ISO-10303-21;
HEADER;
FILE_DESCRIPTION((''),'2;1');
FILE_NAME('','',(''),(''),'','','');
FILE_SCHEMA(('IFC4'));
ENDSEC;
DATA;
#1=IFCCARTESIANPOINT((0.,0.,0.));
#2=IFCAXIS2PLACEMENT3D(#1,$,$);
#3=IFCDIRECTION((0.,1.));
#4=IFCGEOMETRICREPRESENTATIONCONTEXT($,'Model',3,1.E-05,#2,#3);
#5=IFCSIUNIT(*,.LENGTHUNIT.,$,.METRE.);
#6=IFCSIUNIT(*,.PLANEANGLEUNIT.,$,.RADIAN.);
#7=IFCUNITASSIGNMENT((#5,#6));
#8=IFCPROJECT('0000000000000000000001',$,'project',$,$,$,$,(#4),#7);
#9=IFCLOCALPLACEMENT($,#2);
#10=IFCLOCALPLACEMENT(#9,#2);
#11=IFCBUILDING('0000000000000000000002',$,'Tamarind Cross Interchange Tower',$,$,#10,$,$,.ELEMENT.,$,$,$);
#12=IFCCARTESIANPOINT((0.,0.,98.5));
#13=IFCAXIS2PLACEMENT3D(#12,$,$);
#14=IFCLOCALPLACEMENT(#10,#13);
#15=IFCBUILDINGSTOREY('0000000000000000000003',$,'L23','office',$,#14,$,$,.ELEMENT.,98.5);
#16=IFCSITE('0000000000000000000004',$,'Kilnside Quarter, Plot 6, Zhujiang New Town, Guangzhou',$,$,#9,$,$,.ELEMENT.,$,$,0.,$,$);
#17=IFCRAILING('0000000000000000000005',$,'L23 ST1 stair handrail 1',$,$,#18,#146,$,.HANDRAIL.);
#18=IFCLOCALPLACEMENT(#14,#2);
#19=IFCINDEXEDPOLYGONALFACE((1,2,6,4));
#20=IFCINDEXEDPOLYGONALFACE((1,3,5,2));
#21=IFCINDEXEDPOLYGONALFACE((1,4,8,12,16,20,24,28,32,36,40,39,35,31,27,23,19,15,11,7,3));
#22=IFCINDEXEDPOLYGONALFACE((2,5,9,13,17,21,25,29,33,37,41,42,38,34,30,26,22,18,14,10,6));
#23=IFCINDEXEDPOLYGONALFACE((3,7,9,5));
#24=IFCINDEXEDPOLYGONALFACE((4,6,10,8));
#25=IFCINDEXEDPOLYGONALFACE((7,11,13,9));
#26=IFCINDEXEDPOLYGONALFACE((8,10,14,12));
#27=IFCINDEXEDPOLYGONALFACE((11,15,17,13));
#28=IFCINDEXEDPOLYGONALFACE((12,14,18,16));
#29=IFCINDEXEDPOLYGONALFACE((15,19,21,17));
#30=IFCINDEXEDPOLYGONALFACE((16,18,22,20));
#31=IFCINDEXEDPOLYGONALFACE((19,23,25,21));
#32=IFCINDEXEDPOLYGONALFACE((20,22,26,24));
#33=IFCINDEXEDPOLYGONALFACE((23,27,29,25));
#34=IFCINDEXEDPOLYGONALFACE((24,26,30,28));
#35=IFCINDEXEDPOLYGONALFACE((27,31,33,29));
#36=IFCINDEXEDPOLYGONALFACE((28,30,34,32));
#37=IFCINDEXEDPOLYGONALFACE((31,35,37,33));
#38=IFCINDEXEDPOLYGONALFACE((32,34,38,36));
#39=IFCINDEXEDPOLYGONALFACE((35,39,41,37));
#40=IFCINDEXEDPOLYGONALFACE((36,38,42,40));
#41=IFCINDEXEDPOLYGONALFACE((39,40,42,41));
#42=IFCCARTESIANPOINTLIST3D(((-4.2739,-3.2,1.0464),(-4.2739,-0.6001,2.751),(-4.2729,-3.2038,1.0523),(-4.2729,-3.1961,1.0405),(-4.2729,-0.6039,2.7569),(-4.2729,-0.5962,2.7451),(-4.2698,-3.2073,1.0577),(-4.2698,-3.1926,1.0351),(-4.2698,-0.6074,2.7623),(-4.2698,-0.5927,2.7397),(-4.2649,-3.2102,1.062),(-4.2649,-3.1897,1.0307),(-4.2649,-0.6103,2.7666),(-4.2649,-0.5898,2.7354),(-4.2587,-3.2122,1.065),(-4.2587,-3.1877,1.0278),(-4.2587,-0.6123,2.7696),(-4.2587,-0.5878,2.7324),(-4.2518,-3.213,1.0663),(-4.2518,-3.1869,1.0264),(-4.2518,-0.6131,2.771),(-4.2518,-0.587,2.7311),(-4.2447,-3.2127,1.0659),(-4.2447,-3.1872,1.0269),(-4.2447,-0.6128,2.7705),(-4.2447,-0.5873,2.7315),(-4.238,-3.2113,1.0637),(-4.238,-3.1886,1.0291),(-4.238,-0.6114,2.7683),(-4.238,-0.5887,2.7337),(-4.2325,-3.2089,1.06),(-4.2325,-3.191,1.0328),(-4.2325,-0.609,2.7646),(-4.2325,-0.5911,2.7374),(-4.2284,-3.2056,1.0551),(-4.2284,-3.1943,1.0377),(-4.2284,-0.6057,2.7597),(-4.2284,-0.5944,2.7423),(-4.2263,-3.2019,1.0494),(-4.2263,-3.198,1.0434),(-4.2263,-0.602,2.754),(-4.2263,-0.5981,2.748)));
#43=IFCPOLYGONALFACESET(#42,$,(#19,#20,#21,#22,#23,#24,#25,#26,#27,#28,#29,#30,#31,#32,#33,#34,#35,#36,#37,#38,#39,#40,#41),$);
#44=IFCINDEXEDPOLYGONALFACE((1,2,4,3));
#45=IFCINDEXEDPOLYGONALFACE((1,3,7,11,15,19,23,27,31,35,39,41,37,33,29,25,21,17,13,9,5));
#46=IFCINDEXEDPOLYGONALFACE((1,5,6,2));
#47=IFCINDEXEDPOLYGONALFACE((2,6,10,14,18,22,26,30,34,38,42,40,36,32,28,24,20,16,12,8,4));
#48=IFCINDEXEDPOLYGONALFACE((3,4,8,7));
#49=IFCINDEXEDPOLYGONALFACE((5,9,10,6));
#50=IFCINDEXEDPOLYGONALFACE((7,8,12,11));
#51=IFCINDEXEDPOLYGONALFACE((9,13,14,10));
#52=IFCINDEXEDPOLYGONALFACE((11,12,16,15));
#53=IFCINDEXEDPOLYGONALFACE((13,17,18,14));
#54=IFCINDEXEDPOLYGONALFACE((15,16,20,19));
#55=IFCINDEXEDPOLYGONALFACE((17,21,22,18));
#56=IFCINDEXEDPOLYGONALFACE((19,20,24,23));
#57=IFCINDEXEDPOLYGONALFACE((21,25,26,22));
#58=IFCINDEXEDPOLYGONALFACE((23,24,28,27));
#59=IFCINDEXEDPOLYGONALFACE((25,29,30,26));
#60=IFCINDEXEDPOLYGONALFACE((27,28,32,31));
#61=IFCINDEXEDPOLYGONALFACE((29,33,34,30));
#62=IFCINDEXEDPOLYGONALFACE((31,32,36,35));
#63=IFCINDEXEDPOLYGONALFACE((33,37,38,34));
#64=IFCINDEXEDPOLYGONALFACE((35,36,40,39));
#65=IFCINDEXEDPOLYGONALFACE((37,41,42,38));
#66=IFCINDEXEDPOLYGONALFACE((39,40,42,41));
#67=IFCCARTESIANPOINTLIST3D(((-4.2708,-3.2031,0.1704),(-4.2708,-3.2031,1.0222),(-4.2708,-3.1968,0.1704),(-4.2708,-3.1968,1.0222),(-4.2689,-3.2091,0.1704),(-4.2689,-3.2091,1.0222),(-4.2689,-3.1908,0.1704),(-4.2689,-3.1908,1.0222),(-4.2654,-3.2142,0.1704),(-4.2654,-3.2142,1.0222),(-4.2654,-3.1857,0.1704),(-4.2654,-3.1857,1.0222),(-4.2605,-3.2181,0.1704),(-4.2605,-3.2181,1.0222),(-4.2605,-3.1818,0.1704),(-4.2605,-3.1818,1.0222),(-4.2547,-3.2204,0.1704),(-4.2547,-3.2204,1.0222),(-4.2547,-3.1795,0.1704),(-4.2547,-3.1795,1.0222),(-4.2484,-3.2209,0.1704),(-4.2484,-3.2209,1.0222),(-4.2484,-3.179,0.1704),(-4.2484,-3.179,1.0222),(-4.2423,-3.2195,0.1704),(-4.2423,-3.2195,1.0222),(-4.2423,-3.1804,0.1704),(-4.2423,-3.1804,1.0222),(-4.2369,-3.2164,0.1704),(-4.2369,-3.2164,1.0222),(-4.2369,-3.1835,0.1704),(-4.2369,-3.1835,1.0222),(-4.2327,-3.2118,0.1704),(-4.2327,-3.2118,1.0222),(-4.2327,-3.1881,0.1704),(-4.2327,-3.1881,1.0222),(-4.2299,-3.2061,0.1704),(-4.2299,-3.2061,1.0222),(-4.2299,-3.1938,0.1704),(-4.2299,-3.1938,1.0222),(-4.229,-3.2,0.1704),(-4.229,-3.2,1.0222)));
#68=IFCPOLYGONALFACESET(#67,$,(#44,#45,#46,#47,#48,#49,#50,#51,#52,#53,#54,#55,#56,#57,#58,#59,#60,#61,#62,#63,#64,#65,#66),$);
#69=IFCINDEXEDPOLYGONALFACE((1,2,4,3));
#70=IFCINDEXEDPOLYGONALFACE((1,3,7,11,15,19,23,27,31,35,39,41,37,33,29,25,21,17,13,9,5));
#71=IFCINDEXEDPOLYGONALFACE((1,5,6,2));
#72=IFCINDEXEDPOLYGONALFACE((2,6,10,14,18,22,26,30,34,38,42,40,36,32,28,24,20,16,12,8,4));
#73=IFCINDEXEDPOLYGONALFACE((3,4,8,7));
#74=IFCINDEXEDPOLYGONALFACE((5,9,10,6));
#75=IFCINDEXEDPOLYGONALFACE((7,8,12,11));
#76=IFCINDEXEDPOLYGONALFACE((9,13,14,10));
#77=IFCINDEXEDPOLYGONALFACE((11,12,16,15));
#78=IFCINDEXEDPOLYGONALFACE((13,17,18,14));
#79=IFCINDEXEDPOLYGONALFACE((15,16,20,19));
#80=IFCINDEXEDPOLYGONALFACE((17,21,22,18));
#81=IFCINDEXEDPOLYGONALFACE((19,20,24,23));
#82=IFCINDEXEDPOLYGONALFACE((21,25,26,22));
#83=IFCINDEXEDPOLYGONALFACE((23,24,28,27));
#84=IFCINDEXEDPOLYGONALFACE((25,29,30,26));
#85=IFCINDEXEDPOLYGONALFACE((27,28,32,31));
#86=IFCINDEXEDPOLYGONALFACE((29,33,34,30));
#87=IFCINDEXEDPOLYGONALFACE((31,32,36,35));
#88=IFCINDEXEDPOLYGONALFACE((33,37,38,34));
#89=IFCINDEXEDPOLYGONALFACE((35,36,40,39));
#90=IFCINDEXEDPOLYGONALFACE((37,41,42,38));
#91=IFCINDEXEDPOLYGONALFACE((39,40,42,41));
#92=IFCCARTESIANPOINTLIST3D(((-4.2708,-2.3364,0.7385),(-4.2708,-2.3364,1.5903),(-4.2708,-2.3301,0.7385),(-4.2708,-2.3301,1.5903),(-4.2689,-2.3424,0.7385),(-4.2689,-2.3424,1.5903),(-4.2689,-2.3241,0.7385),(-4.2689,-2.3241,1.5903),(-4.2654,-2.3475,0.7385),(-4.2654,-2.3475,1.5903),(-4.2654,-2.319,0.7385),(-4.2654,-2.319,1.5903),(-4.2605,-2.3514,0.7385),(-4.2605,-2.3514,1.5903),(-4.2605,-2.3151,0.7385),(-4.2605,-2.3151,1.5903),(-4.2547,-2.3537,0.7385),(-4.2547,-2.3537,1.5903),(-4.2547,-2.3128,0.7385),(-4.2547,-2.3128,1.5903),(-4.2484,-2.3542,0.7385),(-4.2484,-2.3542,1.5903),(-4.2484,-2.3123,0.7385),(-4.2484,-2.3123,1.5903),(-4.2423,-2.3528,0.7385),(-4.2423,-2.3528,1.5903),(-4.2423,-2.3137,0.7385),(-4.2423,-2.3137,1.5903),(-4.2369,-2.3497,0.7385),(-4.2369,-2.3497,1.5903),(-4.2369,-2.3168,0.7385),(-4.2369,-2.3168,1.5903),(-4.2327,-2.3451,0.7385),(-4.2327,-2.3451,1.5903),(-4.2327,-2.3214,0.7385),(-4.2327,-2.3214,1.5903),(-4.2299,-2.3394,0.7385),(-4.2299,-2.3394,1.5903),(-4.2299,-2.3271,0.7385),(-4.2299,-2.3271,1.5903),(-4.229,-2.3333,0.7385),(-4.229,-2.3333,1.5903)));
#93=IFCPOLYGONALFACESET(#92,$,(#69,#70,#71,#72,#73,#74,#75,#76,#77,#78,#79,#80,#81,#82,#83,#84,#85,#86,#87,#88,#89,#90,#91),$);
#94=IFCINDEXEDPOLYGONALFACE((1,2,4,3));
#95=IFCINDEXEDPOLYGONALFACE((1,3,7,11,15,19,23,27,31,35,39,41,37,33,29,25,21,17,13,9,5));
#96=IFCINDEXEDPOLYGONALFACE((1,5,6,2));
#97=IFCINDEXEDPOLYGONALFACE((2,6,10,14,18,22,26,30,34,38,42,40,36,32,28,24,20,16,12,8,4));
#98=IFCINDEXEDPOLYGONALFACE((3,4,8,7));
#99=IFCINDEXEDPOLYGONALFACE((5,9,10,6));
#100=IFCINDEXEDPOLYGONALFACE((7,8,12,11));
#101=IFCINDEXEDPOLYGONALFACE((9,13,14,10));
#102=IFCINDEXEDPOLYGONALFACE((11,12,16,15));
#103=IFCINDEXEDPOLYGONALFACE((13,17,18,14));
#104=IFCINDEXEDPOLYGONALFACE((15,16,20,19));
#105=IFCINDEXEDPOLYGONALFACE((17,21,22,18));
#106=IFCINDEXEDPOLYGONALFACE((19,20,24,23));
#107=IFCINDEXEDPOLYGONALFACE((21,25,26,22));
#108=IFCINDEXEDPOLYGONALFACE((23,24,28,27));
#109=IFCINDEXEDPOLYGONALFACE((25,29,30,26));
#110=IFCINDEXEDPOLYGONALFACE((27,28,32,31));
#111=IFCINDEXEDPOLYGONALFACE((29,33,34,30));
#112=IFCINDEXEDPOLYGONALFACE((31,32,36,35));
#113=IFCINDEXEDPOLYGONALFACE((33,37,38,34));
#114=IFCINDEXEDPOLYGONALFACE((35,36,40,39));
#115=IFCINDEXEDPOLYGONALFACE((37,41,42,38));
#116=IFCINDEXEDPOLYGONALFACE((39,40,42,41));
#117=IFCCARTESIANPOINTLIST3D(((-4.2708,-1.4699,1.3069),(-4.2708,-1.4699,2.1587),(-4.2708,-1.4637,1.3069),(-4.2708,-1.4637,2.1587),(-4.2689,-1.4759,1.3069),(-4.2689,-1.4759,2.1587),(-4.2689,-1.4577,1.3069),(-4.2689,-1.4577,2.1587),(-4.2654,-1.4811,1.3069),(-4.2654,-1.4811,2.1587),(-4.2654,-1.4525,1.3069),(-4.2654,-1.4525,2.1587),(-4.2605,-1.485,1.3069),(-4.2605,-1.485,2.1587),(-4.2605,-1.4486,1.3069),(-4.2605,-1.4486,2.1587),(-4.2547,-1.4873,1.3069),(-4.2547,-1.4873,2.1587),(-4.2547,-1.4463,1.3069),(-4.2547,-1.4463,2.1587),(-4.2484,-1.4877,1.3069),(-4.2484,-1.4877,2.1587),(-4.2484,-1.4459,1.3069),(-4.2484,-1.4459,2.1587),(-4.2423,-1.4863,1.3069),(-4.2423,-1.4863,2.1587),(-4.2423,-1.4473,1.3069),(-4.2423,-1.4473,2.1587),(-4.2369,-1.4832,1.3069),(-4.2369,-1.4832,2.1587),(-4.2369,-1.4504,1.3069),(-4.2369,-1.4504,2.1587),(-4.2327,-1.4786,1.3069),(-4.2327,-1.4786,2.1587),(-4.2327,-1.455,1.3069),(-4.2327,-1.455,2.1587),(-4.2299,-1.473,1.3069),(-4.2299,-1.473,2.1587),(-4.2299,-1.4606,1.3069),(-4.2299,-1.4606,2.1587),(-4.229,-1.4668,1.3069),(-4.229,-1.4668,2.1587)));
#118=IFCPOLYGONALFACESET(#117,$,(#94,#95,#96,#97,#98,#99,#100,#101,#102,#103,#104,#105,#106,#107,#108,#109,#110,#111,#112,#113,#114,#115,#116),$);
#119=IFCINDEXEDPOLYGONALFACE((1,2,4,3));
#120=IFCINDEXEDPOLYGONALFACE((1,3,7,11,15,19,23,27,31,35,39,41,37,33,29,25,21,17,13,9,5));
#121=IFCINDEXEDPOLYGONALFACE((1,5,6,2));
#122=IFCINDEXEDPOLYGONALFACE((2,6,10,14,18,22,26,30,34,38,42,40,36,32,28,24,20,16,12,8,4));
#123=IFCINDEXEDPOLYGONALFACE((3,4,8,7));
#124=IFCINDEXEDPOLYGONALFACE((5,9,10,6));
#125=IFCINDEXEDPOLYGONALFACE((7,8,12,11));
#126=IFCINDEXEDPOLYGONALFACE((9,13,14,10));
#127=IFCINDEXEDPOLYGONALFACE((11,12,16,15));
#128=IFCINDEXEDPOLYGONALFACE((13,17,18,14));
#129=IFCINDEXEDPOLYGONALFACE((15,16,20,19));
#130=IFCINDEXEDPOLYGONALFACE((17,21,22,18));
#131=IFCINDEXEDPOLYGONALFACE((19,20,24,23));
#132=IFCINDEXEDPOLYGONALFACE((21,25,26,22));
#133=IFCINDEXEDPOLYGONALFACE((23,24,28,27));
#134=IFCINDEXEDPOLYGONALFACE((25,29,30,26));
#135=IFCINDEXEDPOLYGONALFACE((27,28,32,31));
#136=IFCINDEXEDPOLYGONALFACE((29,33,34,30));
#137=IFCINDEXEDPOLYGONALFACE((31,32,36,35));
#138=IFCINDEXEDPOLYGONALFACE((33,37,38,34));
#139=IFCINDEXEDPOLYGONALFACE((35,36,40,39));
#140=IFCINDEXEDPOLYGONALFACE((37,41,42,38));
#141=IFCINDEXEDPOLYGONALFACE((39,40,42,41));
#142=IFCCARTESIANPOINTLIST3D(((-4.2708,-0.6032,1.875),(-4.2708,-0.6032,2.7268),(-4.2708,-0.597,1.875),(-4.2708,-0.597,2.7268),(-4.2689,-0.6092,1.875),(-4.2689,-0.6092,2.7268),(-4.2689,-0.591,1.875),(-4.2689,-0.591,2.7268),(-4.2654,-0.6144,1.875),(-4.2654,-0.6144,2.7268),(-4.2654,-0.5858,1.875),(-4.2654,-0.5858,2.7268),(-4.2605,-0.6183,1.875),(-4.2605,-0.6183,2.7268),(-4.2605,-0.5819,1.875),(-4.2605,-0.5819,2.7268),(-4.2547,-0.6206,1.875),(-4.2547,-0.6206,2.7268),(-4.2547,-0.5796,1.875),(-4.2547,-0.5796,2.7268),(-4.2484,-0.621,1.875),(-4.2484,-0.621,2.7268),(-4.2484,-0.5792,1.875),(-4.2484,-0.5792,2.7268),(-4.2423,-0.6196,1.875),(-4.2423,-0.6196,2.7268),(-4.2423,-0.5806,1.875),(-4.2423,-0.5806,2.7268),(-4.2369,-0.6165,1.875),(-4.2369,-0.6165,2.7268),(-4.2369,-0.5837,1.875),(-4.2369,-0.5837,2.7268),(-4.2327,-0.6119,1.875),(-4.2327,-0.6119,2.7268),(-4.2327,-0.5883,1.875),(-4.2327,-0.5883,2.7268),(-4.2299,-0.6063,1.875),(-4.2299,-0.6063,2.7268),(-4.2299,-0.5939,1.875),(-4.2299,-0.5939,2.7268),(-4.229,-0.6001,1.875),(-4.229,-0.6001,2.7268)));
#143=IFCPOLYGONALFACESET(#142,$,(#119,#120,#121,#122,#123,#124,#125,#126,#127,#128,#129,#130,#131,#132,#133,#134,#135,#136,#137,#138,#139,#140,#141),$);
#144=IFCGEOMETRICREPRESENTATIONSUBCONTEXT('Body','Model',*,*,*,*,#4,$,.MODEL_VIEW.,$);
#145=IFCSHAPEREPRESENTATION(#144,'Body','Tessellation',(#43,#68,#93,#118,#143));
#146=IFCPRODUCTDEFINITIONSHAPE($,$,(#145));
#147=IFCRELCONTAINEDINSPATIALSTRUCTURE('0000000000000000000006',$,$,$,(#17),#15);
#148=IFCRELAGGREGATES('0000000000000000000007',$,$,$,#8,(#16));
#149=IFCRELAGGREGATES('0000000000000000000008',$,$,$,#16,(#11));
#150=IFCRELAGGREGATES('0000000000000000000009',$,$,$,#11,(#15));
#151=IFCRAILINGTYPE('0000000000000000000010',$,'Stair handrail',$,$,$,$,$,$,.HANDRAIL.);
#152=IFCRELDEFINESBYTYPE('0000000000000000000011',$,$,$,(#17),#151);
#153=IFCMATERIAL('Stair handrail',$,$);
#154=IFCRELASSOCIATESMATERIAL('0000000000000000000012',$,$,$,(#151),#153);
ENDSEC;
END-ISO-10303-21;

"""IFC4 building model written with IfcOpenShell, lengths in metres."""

from ifc_helpers import new_model, si_unit, direction, frame, origin, origin_2d, place, context, subcontext, project, spatial, circle, extrude, material, type_object, element, save


model = new_model("IFC4")

# Units and contexts
model_context = context("Model", 3, precision=1e-05, world=origin(), true_north=direction((0.0, 1.0)))
body_context = subcontext(model_context, "Body", "Model", "MODEL_VIEW")
ifc_project = project(units=[si_unit("LENGTHUNIT", "METRE"), si_unit("PLANEANGLEUNIT", "RADIAN")], contexts=[model_context])

# Site, building, storey
site_placement = place(None, origin())
site = spatial("IfcSite", under=ifc_project, at=site_placement, Name="Kilnside Quarter, Plot 6, Zhujiang New Town, Guangzhou", CompositionType="ELEMENT", RefElevation=0.0)
building_placement = place(site_placement, origin())
building = spatial("IfcBuilding", under=site, at=building_placement, Name="Tamarind Cross Interchange Tower", CompositionType="ELEMENT")
storey_placement = place(building_placement, frame((0.0, 0.0, 98.5)))
storey = spatial("IfcBuildingStorey", under=building, at=storey_placement, Name="L23", Description="office", CompositionType="ELEMENT", Elevation=98.5)

# Railing
ifc_material_1 = material(Name="Stair handrail")
railing_type_1 = type_object("IfcRailingType", Name="Stair handrail", PredefinedType="HANDRAIL", material=ifc_material_1)
railing_1_placement = place(storey_placement, frame((-4.25, -3.2, 0.1704)))
element("IfcRailing", 1, at=railing_1_placement, inside=storey, type_object=railing_type_1, Name="L23 ST1 stair handrail 1", PredefinedType="HANDRAIL", context=body_context, shape_type="SweptSolid", body=[
    extrude(circle(Radius=0.0239, at=origin_2d()), frame((0.0, 0.0, 0.876), z_axis=(0.0, 0.836279, 0.548305), x_axis=(-1.0, 0.0, 0.0)), (0.0, 0.0, 1.0), 3.1089),
    extrude(circle(Radius=0.021, at=origin_2d()), origin(), (0.0, 0.0, 1.0), 0.8518),
    extrude(circle(Radius=0.021, at=origin_2d()), frame((0.0, 0.8667, 0.5681)), (0.0, 0.0, 1.0), 0.8518),
    extrude(circle(Radius=0.021, at=origin_2d()), frame((0.0, 1.7332, 1.1365)), (0.0, 0.0, 1.0), 0.8518),
    extrude(circle(Radius=0.021, at=origin_2d()), frame((0.0, 2.5999, 1.7046)), (0.0, 0.0, 1.0), 0.8518),
])

save(model, "model.ifc")
